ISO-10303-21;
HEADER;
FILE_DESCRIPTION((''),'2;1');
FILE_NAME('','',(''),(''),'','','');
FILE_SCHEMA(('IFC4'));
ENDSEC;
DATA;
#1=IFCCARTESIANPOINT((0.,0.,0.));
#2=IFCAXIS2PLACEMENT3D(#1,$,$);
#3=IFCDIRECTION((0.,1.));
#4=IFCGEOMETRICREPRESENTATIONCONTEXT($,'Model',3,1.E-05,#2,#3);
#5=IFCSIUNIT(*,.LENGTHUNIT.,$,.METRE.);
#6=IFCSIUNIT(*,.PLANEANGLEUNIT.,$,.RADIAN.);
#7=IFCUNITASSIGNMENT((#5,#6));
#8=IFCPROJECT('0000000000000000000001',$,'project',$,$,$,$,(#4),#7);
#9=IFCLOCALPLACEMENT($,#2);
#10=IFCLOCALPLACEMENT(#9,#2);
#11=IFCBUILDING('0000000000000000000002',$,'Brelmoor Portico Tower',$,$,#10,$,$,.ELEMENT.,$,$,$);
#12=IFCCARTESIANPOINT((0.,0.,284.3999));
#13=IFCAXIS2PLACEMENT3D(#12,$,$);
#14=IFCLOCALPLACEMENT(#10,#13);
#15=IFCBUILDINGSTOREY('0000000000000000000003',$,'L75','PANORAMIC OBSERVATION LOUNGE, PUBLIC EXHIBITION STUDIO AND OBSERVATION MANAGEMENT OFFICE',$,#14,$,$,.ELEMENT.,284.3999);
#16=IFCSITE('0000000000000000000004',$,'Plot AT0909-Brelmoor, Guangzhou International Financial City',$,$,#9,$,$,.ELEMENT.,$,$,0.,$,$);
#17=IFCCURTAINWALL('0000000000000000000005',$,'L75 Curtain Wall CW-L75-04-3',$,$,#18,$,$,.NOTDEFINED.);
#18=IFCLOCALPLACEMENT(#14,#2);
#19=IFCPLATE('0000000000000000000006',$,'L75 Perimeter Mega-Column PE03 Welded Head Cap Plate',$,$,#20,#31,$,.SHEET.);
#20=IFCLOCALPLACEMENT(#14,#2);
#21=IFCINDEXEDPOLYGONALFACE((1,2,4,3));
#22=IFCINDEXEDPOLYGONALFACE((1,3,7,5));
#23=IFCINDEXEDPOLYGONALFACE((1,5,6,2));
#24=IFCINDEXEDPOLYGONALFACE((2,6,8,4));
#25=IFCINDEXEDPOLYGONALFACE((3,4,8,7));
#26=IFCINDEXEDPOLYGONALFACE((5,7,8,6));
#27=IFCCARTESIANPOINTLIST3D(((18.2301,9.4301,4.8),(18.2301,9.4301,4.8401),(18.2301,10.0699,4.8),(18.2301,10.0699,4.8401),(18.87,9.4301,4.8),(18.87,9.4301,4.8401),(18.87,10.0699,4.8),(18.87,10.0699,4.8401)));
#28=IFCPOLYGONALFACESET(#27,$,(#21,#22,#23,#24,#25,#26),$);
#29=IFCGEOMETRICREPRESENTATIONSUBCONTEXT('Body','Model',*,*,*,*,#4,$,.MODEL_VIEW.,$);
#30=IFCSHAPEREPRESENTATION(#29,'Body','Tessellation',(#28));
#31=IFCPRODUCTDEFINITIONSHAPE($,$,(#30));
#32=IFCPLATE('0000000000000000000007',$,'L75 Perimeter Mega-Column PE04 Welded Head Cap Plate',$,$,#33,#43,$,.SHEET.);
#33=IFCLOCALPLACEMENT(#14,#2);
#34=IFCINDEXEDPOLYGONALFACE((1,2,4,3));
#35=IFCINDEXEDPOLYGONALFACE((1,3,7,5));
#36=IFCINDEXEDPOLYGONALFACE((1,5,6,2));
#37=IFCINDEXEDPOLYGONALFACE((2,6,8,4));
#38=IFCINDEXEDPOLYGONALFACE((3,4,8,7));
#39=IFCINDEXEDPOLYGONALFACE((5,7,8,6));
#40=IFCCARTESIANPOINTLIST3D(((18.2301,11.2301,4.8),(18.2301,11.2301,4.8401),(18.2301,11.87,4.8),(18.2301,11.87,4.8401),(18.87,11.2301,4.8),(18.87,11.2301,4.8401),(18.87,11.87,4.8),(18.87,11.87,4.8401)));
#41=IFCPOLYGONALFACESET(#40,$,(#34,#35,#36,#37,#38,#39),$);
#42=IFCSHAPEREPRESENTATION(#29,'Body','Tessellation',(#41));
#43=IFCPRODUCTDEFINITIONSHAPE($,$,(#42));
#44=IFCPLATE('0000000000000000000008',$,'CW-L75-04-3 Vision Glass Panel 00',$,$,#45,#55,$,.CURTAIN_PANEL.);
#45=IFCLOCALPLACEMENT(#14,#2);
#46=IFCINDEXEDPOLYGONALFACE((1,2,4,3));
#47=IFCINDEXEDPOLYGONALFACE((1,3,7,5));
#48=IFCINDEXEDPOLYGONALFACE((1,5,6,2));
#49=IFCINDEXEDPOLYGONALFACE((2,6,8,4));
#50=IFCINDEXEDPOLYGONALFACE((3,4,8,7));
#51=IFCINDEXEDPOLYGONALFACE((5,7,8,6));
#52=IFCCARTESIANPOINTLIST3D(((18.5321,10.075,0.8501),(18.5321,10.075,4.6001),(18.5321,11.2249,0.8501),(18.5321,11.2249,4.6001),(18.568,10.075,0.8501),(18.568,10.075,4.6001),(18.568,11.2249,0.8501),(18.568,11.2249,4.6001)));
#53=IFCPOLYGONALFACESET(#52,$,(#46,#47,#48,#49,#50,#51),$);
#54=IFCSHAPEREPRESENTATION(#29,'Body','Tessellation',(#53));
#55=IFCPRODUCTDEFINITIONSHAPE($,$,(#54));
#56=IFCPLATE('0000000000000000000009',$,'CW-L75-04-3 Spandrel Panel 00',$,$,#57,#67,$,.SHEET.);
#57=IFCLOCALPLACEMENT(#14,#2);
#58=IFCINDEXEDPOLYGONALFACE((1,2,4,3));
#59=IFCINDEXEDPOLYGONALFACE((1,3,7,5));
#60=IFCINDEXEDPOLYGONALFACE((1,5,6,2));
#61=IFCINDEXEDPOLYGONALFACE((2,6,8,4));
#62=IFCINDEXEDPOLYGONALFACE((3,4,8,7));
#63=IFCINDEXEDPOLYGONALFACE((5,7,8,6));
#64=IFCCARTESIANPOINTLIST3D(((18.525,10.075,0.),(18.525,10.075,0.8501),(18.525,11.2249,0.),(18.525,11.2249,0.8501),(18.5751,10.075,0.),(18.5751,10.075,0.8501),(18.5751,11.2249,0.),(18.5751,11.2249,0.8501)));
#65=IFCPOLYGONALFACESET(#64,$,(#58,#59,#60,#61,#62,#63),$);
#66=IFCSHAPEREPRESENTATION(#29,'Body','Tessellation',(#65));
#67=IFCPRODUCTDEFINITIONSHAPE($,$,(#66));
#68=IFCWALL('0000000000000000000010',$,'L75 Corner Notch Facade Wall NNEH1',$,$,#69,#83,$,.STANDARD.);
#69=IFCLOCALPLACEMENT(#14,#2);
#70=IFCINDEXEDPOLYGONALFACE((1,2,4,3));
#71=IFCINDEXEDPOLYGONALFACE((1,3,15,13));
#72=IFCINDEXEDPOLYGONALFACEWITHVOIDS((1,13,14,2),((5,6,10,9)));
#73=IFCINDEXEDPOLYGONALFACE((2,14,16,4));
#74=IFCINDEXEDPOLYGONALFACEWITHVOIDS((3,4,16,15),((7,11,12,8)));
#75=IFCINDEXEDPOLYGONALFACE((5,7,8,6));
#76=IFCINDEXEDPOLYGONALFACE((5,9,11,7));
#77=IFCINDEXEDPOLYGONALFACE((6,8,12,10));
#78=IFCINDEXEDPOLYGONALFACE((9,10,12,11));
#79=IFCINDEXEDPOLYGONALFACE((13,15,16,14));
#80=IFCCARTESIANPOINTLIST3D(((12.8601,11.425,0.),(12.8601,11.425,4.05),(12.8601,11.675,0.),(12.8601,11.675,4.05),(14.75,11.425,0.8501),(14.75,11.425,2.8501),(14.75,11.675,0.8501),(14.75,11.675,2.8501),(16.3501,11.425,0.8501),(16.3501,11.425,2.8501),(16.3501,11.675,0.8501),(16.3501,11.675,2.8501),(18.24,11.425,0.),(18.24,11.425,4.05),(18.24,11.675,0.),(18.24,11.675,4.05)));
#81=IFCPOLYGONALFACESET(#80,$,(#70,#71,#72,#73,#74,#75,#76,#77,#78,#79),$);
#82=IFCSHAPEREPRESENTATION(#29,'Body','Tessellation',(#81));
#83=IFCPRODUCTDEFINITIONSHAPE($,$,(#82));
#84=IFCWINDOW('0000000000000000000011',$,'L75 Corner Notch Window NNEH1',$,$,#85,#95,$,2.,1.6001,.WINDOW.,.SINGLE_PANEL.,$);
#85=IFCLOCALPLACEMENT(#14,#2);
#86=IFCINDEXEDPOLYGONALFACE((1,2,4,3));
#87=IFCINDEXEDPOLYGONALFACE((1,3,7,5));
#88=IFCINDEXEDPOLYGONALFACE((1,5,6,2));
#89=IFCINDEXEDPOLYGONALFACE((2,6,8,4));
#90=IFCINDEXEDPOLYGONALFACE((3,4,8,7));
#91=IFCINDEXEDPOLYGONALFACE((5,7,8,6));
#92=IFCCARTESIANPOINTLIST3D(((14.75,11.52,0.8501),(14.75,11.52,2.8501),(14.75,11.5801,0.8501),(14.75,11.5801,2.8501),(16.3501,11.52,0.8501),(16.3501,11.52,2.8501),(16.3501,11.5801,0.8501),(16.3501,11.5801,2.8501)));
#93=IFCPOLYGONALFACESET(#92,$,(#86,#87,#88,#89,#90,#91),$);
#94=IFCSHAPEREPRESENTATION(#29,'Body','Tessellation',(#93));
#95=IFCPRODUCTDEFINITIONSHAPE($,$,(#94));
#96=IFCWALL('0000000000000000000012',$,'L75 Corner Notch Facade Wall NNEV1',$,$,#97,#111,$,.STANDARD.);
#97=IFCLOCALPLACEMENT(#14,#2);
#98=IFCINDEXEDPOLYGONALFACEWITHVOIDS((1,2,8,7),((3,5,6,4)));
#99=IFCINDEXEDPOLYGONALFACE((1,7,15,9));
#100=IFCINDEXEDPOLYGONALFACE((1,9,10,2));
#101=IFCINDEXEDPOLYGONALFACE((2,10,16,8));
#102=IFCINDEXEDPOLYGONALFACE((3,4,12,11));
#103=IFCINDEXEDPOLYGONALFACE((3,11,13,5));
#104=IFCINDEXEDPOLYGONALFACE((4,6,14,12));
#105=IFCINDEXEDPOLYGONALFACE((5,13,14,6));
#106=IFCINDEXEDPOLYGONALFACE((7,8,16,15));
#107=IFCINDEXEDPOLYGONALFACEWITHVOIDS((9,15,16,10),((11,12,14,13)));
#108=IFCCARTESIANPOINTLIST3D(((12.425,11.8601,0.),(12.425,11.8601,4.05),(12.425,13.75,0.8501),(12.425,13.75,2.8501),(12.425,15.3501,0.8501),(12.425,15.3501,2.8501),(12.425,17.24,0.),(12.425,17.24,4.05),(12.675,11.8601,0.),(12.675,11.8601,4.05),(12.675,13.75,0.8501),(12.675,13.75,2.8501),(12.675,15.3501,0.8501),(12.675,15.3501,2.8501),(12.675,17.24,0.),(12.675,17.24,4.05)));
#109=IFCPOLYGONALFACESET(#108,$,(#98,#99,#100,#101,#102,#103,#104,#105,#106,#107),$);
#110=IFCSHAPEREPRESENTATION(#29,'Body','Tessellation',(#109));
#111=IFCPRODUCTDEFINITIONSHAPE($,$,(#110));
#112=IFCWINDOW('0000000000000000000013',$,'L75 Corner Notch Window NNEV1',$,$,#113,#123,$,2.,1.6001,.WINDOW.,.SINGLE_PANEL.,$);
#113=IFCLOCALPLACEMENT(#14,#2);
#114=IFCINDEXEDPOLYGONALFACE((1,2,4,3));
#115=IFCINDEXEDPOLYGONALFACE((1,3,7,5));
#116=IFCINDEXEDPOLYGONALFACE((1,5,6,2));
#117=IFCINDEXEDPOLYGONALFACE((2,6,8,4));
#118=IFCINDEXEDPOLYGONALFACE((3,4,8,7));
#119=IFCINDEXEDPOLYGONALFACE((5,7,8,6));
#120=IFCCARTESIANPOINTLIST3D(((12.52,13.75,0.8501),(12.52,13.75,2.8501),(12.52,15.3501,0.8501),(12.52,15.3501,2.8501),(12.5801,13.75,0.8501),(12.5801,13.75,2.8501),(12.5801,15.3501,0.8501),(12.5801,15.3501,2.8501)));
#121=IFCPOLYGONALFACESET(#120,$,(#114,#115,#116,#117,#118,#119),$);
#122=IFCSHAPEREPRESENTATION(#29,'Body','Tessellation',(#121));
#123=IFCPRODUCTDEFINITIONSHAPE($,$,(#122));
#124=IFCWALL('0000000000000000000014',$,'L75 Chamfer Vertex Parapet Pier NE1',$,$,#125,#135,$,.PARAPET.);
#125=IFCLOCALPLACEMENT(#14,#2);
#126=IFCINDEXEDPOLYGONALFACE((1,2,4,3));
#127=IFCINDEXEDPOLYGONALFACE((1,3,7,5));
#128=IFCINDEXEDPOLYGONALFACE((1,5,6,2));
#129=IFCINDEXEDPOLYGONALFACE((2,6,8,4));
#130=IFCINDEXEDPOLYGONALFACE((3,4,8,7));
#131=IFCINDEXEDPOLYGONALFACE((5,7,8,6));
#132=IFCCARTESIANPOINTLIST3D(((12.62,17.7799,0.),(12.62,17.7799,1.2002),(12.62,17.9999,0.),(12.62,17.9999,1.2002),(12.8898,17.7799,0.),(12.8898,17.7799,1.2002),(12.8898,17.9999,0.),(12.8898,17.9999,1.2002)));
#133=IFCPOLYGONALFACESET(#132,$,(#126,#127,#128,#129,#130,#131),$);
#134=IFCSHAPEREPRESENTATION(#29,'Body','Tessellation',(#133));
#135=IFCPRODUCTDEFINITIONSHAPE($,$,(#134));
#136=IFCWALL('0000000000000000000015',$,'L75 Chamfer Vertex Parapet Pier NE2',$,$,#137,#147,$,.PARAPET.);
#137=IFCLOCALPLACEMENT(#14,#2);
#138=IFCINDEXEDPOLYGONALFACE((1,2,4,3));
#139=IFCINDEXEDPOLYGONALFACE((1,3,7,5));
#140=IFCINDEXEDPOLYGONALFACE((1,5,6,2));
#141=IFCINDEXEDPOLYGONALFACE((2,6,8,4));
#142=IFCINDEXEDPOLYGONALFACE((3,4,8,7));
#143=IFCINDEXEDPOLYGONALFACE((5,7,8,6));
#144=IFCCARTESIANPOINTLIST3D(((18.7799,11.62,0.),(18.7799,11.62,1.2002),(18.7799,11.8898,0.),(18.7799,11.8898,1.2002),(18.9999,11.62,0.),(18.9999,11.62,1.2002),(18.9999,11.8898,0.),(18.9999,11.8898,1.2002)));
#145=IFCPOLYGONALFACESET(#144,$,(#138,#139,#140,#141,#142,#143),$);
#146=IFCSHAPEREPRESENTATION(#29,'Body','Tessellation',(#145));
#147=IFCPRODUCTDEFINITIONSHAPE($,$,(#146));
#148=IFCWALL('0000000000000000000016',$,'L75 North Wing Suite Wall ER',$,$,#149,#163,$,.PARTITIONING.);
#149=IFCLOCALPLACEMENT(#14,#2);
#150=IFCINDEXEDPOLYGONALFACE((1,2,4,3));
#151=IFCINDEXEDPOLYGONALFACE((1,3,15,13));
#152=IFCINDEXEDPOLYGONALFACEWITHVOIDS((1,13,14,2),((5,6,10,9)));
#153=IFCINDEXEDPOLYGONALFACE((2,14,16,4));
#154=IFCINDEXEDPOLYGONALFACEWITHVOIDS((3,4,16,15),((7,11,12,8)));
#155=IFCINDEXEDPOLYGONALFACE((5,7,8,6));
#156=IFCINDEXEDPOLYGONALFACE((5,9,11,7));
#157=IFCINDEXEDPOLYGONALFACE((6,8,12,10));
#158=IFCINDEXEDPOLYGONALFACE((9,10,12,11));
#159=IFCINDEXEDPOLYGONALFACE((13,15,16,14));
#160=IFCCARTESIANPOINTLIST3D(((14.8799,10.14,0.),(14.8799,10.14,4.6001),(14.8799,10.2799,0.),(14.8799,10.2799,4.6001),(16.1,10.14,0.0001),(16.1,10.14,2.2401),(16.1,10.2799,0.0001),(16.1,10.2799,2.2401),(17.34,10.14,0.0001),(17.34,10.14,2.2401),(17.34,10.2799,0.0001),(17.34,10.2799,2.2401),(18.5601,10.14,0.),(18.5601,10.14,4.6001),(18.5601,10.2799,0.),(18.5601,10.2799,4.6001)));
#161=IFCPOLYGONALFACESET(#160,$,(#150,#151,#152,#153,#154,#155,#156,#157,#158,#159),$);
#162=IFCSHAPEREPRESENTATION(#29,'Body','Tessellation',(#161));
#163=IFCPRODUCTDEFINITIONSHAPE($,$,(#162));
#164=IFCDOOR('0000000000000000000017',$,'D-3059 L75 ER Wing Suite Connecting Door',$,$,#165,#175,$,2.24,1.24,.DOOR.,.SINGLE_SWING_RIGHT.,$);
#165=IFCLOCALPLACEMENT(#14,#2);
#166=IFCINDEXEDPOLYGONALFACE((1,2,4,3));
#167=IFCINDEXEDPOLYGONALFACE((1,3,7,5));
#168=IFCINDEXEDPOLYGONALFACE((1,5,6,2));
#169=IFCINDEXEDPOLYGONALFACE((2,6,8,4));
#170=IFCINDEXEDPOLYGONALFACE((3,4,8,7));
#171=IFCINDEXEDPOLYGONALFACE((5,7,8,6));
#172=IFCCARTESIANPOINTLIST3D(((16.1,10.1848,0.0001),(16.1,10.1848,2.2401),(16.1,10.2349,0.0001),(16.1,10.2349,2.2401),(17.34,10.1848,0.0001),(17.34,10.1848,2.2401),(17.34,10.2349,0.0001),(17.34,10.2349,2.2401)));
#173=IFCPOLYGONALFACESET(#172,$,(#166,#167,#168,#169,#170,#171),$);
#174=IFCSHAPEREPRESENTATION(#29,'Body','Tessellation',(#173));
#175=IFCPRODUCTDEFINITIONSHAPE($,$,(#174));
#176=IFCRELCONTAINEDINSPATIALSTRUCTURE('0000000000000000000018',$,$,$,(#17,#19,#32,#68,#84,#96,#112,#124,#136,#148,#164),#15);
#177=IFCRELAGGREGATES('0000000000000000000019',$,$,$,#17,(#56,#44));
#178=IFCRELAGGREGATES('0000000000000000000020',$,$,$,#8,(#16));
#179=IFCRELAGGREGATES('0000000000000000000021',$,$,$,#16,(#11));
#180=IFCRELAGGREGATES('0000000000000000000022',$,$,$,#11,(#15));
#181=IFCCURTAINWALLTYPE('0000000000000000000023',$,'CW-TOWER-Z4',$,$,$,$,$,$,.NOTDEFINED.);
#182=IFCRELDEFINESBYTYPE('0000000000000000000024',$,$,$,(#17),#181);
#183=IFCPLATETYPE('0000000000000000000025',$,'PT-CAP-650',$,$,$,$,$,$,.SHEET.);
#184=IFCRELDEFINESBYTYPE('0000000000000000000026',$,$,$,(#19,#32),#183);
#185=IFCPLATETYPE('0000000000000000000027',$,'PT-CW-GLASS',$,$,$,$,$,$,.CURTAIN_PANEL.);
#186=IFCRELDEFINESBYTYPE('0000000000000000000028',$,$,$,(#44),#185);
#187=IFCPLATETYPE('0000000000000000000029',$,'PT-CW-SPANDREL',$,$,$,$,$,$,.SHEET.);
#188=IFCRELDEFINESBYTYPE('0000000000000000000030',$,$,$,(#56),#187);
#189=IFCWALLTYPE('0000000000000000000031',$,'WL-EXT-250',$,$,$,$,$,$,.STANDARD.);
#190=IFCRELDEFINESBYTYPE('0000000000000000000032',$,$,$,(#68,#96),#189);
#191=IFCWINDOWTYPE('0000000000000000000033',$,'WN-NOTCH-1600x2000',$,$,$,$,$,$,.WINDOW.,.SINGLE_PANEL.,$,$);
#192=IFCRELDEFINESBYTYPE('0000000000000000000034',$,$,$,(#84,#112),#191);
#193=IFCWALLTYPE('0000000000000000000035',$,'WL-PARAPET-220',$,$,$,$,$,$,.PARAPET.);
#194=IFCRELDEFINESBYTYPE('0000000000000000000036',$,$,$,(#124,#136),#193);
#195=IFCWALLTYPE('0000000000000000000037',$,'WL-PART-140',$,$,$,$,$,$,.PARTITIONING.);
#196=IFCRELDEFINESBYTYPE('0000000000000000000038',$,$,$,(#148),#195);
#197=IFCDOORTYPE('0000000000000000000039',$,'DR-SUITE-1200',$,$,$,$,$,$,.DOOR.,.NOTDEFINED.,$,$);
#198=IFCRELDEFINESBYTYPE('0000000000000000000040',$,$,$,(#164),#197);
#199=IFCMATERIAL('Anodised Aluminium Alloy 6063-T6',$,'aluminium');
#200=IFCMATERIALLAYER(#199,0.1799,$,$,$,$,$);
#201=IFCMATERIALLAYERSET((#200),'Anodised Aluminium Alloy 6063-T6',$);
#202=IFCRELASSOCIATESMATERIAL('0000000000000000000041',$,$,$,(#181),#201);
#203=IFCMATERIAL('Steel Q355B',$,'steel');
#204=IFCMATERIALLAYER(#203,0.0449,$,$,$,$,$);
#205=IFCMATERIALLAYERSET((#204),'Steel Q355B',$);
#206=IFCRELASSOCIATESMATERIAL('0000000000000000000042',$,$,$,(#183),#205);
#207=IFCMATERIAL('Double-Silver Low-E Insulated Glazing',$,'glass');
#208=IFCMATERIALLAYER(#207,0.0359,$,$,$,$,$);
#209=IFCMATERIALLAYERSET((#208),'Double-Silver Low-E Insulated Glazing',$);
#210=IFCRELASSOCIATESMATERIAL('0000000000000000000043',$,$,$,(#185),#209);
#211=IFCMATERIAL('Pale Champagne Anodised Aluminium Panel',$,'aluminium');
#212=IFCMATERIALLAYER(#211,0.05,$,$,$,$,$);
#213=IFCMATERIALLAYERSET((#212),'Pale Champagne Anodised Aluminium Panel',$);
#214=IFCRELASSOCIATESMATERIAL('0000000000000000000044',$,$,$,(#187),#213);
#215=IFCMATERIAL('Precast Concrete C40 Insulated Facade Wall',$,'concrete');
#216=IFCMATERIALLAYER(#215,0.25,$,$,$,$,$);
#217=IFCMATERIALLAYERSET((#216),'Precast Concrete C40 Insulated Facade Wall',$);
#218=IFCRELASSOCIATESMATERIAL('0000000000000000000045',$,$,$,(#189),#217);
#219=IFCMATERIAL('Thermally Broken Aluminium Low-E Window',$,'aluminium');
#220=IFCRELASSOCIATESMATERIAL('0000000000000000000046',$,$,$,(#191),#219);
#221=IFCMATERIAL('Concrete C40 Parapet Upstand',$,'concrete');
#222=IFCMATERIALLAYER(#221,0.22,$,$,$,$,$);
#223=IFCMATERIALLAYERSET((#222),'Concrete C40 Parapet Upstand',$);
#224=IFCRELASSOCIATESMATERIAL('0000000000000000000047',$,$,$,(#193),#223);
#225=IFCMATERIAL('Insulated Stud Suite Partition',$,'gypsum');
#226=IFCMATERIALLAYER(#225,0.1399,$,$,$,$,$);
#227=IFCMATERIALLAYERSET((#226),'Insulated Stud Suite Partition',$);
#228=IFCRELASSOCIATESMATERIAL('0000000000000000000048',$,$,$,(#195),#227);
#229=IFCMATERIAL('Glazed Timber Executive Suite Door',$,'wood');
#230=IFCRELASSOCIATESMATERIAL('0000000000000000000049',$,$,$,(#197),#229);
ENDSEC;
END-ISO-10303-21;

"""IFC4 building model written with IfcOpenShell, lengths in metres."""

from ifc_helpers import new_model, si_unit, direction, frame, frame_2d, origin, origin_2d, place, context, subcontext, project, spatial, rectangle, extrude, material, layer, layer_set, type_object, element, fill, aggregate, save


model = new_model("IFC4")

# Units and contexts
model_context = context("Model", 3, precision=1e-05, world=origin(), true_north=direction((0.0, 1.0)))
body_context = subcontext(model_context, "Body", "Model", "MODEL_VIEW")
ifc_project = project(units=[si_unit("LENGTHUNIT", "METRE"), si_unit("PLANEANGLEUNIT", "RADIAN")], contexts=[model_context])

# Site, building, storey
site_placement = place(None, origin())
site = spatial("IfcSite", under=ifc_project, at=site_placement, Name="Plot AT0909-Brelmoor, Guangzhou International Financial City", CompositionType="ELEMENT", RefElevation=0.0)
building_placement = place(site_placement, origin())
building = spatial("IfcBuilding", under=site, at=building_placement, Name="Brelmoor Portico Tower", CompositionType="ELEMENT")
storey_placement = place(building_placement, frame((0.0, 0.0, 284.3999)))
storey = spatial("IfcBuildingStorey", under=building, at=storey_placement, Name="L75", Description="PANORAMIC OBSERVATION LOUNGE, PUBLIC EXHIBITION STUDIO AND OBSERVATION MANAGEMENT OFFICE", CompositionType="ELEMENT", Elevation=284.3999)

# Shared definitions
ifc_material_1 = material(Name="Steel Q355B", Category="steel")

# Curtain wall
ifc_material_2 = material(Name="Anodised Aluminium Alloy 6063-T6", Category="aluminium")
ifc_layer_1 = layer(ifc_material_2, 0.1799)
ifc_layer_set_1 = layer_set([ifc_layer_1], Name="Anodised Aluminium Alloy 6063-T6")
curtain_wall_type = type_object("IfcCurtainWallType", Name="CW-TOWER-Z4", PredefinedType="NOTDEFINED", material=ifc_layer_set_1)
curtain_wall_placement = place(storey_placement, origin())
curtain_wall = element("IfcCurtainWall", 1, at=curtain_wall_placement, inside=storey, type_object=curtain_wall_type, Name="L75 Curtain Wall CW-L75-04-3", PredefinedType="NOTDEFINED")

# Plates
ifc_layer_2 = layer(ifc_material_1, 0.0449)
ifc_layer_set_2 = layer_set([ifc_layer_2], Name="Steel Q355B")
plate_type_1 = type_object("IfcPlateType", Name="PT-CAP-650", PredefinedType="SHEET", material=ifc_layer_set_2)
for number, where, z_axis, x_axis, name in (
    (2, (18.55, 9.75, 4.8), (0.0, 0.0, 1.0), (0.0, 1.0, 0.0), "L75 Perimeter Mega-Column PE03 Welded Head Cap Plate"),
    (3, (18.55, 11.55, 4.8), (0.0, 0.0, 1.0), (0.0, 1.0, 0.0), "L75 Perimeter Mega-Column PE04 Welded Head Cap Plate"),
):
    element("IfcPlate", number, at=place(storey_placement, frame(where, z_axis=z_axis, x_axis=x_axis)), inside=storey, type_object=plate_type_1, Name=name, PredefinedType="SHEET", context=body_context, shape_type="SweptSolid", body=[
        extrude(rectangle(XDim=0.6399, YDim=0.6399, at=origin_2d()), origin(), (0.0, 0.0, 1.0), 0.04),
    ])

# Plates
ifc_material_3 = material(Name="Double-Silver Low-E Insulated Glazing", Category="glass")
ifc_layer_3 = layer(ifc_material_3, 0.0359)
ifc_layer_set_3 = layer_set([ifc_layer_3], Name="Double-Silver Low-E Insulated Glazing")
plate_type_2 = type_object("IfcPlateType", Name="PT-CW-GLASS", PredefinedType="CURTAIN_PANEL", material=ifc_layer_set_3)
plate_1_placement = place(storey_placement, frame((18.55, 10.6499, 0.8501), z_axis=(0.0, 0.0, 1.0), x_axis=(0.0, 1.0, 0.0)))
plate_1 = element("IfcPlate", 4, at=plate_1_placement, type_object=plate_type_2, Name="CW-L75-04-3 Vision Glass Panel 00", PredefinedType="CURTAIN_PANEL", context=body_context, shape_type="SweptSolid", body=[
    extrude(rectangle(XDim=1.1499, YDim=0.0359, at=origin_2d()), origin(), (0.0, 0.0, 1.0), 3.75),
])
ifc_material_4 = material(Name="Pale Champagne Anodised Aluminium Panel", Category="aluminium")
ifc_layer_4 = layer(ifc_material_4, 0.05)
ifc_layer_set_4 = layer_set([ifc_layer_4], Name="Pale Champagne Anodised Aluminium Panel")
plate_type_3 = type_object("IfcPlateType", Name="PT-CW-SPANDREL", PredefinedType="SHEET", material=ifc_layer_set_4)
plate_2_placement = place(storey_placement, frame((18.55, 10.6499, 0.0), z_axis=(0.0, 0.0, 1.0), x_axis=(0.0, 1.0, 0.0)))
plate_2 = element("IfcPlate", 5, at=plate_2_placement, type_object=plate_type_3, Name="CW-L75-04-3 Spandrel Panel 00", PredefinedType="SHEET", context=body_context, shape_type="SweptSolid", body=[
    extrude(rectangle(XDim=1.1499, YDim=0.05, at=origin_2d()), origin(), (0.0, 0.0, 1.0), 0.8501),
])
aggregate(curtain_wall, [plate_2, plate_1])

# Walls, openings, windows
ifc_material_5 = material(Name="Precast Concrete C40 Insulated Facade Wall", Category="concrete")
ifc_layer_5 = layer(ifc_material_5, 0.25)
ifc_layer_set_5 = layer_set([ifc_layer_5], Name="Precast Concrete C40 Insulated Facade Wall")
wall_type_1 = type_object("IfcWallType", Name="WL-EXT-250", PredefinedType="STANDARD", material=ifc_layer_set_5)
wall_1_placement = place(storey_placement, frame((12.8601, 11.55, 0.0), z_axis=(0.0, 0.0, 1.0), x_axis=(1.0, 0.0, 0.0)))
wall_1 = element("IfcWall", 6, at=wall_1_placement, inside=storey, type_object=wall_type_1, Name="L75 Corner Notch Facade Wall NNEH1", PredefinedType="STANDARD", context=body_context, shape_type="SweptSolid", body=[
    extrude(rectangle(XDim=5.3799, YDim=0.25, at=frame_2d((2.6899, 0.0))), origin(), (0.0, 0.0, 1.0), 4.05),
])
opening_1_placement = place(wall_1_placement, frame((1.8899, 0.0, 0.8501)))
opening_1 = element("IfcOpeningElement", 7, at=opening_1_placement, cuts=wall_1, PredefinedType="OPENING", context=body_context, shape_type="SweptSolid", body=[
    extrude(rectangle(XDim=1.6001, YDim=2.0, at=frame_2d((0.8, 1.0))), frame((0.0, 0.135, 0.0), z_axis=(0.0, -1.0, 0.0), x_axis=(1.0, 0.0, 0.0)), (0.0, 0.0, 1.0), 0.27),
])
ifc_material_6 = material(Name="Thermally Broken Aluminium Low-E Window", Category="aluminium")
window_type = type_object("IfcWindowType", Name="WN-NOTCH-1600x2000", PartitioningType="SINGLE_PANEL", PredefinedType="WINDOW", material=ifc_material_6)
window_1_placement = place(opening_1_placement, origin())
window_1 = element("IfcWindow", 8, at=window_1_placement, inside=storey, type_object=window_type, Name="L75 Corner Notch Window NNEH1", OverallHeight=2.0, OverallWidth=1.6001, PartitioningType="SINGLE_PANEL", PredefinedType="WINDOW", context=body_context, shape_type="SweptSolid", body=[
    extrude(rectangle(XDim=1.6001, YDim=2.0, at=frame_2d((0.8, 1.0))), frame((0.0, 0.03, 0.0), z_axis=(0.0, -1.0, 0.0), x_axis=(1.0, 0.0, 0.0)), (0.0, 0.0, 1.0), 0.0601),
])
fill(opening_1, window_1)
wall_2_placement = place(storey_placement, frame((12.55, 11.8601, 0.0), z_axis=(0.0, 0.0, 1.0), x_axis=(0.0, 1.0, 0.0)))
wall_2 = element("IfcWall", 9, at=wall_2_placement, inside=storey, type_object=wall_type_1, Name="L75 Corner Notch Facade Wall NNEV1", PredefinedType="STANDARD", context=body_context, shape_type="SweptSolid", body=[
    extrude(rectangle(XDim=5.3799, YDim=0.25, at=frame_2d((2.6899, 0.0))), origin(), (0.0, 0.0, 1.0), 4.05),
])
opening_2_placement = place(wall_2_placement, frame((1.8899, 0.0, 0.8501)))
opening_2 = element("IfcOpeningElement", 10, at=opening_2_placement, cuts=wall_2, PredefinedType="OPENING", context=body_context, shape_type="SweptSolid", body=[
    extrude(rectangle(XDim=1.6001, YDim=2.0, at=frame_2d((0.8, 1.0))), frame((0.0, 0.135, 0.0), z_axis=(0.0, -1.0, 0.0), x_axis=(1.0, 0.0, 0.0)), (0.0, 0.0, 1.0), 0.27),
])
window_2_placement = place(opening_2_placement, origin())
window_2 = element("IfcWindow", 11, at=window_2_placement, inside=storey, type_object=window_type, Name="L75 Corner Notch Window NNEV1", OverallHeight=2.0, OverallWidth=1.6001, PartitioningType="SINGLE_PANEL", PredefinedType="WINDOW", context=body_context, shape_type="SweptSolid", body=[
    extrude(rectangle(XDim=1.6001, YDim=2.0, at=frame_2d((0.8, 1.0))), frame((0.0, 0.03, 0.0), z_axis=(0.0, -1.0, 0.0), x_axis=(1.0, 0.0, 0.0)), (0.0, 0.0, 1.0), 0.0601),
])
fill(opening_2, window_2)

# Walls
ifc_material_7 = material(Name="Concrete C40 Parapet Upstand", Category="concrete")
ifc_layer_6 = layer(ifc_material_7, 0.22)
ifc_layer_set_6 = layer_set([ifc_layer_6], Name="Concrete C40 Parapet Upstand")
wall_type_2 = type_object("IfcWallType", Name="WL-PARAPET-220", PredefinedType="PARAPET", material=ifc_layer_set_6)
for number, where, z_axis, x_axis, name in (
    (12, (12.6201, 17.8899, 0.0), (0.0, 0.0, 1.0), (1.0, 0.0, 0.0), "L75 Chamfer Vertex Parapet Pier NE1"),
    (13, (18.8899, 11.6201, 0.0), (0.0, 0.0, 1.0), (0.0, 1.0, 0.0), "L75 Chamfer Vertex Parapet Pier NE2"),
):
    element("IfcWall", number, at=place(storey_placement, frame(where, z_axis=z_axis, x_axis=x_axis)), inside=storey, type_object=wall_type_2, Name=name, PredefinedType="PARAPET", context=body_context, shape_type="SweptSolid", body=[
        extrude(rectangle(XDim=0.2698, YDim=0.22, at=frame_2d((0.1348, 0.0))), origin(), (0.0, 0.0, 1.0), 1.2002),
    ])

# Wall, opening, door
ifc_material_8 = material(Name="Insulated Stud Suite Partition", Category="gypsum")
ifc_layer_7 = layer(ifc_material_8, 0.1399)
ifc_layer_set_7 = layer_set([ifc_layer_7], Name="Insulated Stud Suite Partition")
wall_type_3 = type_object("IfcWallType", Name="WL-PART-140", PredefinedType="PARTITIONING", material=ifc_layer_set_7)
wall_3_placement = place(storey_placement, frame((14.8799, 10.21, 0.0), z_axis=(0.0, 0.0, 1.0), x_axis=(1.0, 0.0, 0.0)))
wall_3 = element("IfcWall", 14, at=wall_3_placement, inside=storey, type_object=wall_type_3, Name="L75 North Wing Suite Wall ER", PredefinedType="PARTITIONING", context=body_context, shape_type="SweptSolid", body=[
    extrude(rectangle(XDim=3.6802, YDim=0.1399, at=frame_2d((1.8401, 0.0))), origin(), (0.0, 0.0, 1.0), 4.6001),
])
opening_3_placement = place(wall_3_placement, frame((1.22, 0.0, 0.0)))
opening_3 = element("IfcOpeningElement", 15, at=opening_3_placement, cuts=wall_3, PredefinedType="OPENING", context=body_context, shape_type="SweptSolid", body=[
    extrude(rectangle(XDim=1.24, YDim=2.24, at=frame_2d((0.6201, 1.1201))), frame((0.0, 0.0798, 0.0), z_axis=(0.0, -1.0, 0.0), x_axis=(1.0, 0.0, 0.0)), (0.0, 0.0, 1.0), 0.1599),
])
ifc_material_9 = material(Name="Glazed Timber Executive Suite Door", Category="wood")
door_type = type_object("IfcDoorType", Name="DR-SUITE-1200", OperationType="NOTDEFINED", PredefinedType="DOOR", material=ifc_material_9)
door_placement = place(opening_3_placement, origin())
door = element("IfcDoor", 16, at=door_placement, inside=storey, type_object=door_type, Name="D-3059 L75 ER Wing Suite Connecting Door", OperationType="SINGLE_SWING_RIGHT", OverallHeight=2.24, OverallWidth=1.24, PredefinedType="DOOR", context=body_context, shape_type="SweptSolid", body=[
    extrude(rectangle(XDim=1.24, YDim=2.24, at=frame_2d((0.6201, 1.1201))), frame((0.0, 0.0249, 0.0), z_axis=(0.0, -1.0, 0.0), x_axis=(1.0, 0.0, 0.0)), (0.0, 0.0, 1.0), 0.05),
])
fill(opening_3, door)

save(model, "model.ifc")
